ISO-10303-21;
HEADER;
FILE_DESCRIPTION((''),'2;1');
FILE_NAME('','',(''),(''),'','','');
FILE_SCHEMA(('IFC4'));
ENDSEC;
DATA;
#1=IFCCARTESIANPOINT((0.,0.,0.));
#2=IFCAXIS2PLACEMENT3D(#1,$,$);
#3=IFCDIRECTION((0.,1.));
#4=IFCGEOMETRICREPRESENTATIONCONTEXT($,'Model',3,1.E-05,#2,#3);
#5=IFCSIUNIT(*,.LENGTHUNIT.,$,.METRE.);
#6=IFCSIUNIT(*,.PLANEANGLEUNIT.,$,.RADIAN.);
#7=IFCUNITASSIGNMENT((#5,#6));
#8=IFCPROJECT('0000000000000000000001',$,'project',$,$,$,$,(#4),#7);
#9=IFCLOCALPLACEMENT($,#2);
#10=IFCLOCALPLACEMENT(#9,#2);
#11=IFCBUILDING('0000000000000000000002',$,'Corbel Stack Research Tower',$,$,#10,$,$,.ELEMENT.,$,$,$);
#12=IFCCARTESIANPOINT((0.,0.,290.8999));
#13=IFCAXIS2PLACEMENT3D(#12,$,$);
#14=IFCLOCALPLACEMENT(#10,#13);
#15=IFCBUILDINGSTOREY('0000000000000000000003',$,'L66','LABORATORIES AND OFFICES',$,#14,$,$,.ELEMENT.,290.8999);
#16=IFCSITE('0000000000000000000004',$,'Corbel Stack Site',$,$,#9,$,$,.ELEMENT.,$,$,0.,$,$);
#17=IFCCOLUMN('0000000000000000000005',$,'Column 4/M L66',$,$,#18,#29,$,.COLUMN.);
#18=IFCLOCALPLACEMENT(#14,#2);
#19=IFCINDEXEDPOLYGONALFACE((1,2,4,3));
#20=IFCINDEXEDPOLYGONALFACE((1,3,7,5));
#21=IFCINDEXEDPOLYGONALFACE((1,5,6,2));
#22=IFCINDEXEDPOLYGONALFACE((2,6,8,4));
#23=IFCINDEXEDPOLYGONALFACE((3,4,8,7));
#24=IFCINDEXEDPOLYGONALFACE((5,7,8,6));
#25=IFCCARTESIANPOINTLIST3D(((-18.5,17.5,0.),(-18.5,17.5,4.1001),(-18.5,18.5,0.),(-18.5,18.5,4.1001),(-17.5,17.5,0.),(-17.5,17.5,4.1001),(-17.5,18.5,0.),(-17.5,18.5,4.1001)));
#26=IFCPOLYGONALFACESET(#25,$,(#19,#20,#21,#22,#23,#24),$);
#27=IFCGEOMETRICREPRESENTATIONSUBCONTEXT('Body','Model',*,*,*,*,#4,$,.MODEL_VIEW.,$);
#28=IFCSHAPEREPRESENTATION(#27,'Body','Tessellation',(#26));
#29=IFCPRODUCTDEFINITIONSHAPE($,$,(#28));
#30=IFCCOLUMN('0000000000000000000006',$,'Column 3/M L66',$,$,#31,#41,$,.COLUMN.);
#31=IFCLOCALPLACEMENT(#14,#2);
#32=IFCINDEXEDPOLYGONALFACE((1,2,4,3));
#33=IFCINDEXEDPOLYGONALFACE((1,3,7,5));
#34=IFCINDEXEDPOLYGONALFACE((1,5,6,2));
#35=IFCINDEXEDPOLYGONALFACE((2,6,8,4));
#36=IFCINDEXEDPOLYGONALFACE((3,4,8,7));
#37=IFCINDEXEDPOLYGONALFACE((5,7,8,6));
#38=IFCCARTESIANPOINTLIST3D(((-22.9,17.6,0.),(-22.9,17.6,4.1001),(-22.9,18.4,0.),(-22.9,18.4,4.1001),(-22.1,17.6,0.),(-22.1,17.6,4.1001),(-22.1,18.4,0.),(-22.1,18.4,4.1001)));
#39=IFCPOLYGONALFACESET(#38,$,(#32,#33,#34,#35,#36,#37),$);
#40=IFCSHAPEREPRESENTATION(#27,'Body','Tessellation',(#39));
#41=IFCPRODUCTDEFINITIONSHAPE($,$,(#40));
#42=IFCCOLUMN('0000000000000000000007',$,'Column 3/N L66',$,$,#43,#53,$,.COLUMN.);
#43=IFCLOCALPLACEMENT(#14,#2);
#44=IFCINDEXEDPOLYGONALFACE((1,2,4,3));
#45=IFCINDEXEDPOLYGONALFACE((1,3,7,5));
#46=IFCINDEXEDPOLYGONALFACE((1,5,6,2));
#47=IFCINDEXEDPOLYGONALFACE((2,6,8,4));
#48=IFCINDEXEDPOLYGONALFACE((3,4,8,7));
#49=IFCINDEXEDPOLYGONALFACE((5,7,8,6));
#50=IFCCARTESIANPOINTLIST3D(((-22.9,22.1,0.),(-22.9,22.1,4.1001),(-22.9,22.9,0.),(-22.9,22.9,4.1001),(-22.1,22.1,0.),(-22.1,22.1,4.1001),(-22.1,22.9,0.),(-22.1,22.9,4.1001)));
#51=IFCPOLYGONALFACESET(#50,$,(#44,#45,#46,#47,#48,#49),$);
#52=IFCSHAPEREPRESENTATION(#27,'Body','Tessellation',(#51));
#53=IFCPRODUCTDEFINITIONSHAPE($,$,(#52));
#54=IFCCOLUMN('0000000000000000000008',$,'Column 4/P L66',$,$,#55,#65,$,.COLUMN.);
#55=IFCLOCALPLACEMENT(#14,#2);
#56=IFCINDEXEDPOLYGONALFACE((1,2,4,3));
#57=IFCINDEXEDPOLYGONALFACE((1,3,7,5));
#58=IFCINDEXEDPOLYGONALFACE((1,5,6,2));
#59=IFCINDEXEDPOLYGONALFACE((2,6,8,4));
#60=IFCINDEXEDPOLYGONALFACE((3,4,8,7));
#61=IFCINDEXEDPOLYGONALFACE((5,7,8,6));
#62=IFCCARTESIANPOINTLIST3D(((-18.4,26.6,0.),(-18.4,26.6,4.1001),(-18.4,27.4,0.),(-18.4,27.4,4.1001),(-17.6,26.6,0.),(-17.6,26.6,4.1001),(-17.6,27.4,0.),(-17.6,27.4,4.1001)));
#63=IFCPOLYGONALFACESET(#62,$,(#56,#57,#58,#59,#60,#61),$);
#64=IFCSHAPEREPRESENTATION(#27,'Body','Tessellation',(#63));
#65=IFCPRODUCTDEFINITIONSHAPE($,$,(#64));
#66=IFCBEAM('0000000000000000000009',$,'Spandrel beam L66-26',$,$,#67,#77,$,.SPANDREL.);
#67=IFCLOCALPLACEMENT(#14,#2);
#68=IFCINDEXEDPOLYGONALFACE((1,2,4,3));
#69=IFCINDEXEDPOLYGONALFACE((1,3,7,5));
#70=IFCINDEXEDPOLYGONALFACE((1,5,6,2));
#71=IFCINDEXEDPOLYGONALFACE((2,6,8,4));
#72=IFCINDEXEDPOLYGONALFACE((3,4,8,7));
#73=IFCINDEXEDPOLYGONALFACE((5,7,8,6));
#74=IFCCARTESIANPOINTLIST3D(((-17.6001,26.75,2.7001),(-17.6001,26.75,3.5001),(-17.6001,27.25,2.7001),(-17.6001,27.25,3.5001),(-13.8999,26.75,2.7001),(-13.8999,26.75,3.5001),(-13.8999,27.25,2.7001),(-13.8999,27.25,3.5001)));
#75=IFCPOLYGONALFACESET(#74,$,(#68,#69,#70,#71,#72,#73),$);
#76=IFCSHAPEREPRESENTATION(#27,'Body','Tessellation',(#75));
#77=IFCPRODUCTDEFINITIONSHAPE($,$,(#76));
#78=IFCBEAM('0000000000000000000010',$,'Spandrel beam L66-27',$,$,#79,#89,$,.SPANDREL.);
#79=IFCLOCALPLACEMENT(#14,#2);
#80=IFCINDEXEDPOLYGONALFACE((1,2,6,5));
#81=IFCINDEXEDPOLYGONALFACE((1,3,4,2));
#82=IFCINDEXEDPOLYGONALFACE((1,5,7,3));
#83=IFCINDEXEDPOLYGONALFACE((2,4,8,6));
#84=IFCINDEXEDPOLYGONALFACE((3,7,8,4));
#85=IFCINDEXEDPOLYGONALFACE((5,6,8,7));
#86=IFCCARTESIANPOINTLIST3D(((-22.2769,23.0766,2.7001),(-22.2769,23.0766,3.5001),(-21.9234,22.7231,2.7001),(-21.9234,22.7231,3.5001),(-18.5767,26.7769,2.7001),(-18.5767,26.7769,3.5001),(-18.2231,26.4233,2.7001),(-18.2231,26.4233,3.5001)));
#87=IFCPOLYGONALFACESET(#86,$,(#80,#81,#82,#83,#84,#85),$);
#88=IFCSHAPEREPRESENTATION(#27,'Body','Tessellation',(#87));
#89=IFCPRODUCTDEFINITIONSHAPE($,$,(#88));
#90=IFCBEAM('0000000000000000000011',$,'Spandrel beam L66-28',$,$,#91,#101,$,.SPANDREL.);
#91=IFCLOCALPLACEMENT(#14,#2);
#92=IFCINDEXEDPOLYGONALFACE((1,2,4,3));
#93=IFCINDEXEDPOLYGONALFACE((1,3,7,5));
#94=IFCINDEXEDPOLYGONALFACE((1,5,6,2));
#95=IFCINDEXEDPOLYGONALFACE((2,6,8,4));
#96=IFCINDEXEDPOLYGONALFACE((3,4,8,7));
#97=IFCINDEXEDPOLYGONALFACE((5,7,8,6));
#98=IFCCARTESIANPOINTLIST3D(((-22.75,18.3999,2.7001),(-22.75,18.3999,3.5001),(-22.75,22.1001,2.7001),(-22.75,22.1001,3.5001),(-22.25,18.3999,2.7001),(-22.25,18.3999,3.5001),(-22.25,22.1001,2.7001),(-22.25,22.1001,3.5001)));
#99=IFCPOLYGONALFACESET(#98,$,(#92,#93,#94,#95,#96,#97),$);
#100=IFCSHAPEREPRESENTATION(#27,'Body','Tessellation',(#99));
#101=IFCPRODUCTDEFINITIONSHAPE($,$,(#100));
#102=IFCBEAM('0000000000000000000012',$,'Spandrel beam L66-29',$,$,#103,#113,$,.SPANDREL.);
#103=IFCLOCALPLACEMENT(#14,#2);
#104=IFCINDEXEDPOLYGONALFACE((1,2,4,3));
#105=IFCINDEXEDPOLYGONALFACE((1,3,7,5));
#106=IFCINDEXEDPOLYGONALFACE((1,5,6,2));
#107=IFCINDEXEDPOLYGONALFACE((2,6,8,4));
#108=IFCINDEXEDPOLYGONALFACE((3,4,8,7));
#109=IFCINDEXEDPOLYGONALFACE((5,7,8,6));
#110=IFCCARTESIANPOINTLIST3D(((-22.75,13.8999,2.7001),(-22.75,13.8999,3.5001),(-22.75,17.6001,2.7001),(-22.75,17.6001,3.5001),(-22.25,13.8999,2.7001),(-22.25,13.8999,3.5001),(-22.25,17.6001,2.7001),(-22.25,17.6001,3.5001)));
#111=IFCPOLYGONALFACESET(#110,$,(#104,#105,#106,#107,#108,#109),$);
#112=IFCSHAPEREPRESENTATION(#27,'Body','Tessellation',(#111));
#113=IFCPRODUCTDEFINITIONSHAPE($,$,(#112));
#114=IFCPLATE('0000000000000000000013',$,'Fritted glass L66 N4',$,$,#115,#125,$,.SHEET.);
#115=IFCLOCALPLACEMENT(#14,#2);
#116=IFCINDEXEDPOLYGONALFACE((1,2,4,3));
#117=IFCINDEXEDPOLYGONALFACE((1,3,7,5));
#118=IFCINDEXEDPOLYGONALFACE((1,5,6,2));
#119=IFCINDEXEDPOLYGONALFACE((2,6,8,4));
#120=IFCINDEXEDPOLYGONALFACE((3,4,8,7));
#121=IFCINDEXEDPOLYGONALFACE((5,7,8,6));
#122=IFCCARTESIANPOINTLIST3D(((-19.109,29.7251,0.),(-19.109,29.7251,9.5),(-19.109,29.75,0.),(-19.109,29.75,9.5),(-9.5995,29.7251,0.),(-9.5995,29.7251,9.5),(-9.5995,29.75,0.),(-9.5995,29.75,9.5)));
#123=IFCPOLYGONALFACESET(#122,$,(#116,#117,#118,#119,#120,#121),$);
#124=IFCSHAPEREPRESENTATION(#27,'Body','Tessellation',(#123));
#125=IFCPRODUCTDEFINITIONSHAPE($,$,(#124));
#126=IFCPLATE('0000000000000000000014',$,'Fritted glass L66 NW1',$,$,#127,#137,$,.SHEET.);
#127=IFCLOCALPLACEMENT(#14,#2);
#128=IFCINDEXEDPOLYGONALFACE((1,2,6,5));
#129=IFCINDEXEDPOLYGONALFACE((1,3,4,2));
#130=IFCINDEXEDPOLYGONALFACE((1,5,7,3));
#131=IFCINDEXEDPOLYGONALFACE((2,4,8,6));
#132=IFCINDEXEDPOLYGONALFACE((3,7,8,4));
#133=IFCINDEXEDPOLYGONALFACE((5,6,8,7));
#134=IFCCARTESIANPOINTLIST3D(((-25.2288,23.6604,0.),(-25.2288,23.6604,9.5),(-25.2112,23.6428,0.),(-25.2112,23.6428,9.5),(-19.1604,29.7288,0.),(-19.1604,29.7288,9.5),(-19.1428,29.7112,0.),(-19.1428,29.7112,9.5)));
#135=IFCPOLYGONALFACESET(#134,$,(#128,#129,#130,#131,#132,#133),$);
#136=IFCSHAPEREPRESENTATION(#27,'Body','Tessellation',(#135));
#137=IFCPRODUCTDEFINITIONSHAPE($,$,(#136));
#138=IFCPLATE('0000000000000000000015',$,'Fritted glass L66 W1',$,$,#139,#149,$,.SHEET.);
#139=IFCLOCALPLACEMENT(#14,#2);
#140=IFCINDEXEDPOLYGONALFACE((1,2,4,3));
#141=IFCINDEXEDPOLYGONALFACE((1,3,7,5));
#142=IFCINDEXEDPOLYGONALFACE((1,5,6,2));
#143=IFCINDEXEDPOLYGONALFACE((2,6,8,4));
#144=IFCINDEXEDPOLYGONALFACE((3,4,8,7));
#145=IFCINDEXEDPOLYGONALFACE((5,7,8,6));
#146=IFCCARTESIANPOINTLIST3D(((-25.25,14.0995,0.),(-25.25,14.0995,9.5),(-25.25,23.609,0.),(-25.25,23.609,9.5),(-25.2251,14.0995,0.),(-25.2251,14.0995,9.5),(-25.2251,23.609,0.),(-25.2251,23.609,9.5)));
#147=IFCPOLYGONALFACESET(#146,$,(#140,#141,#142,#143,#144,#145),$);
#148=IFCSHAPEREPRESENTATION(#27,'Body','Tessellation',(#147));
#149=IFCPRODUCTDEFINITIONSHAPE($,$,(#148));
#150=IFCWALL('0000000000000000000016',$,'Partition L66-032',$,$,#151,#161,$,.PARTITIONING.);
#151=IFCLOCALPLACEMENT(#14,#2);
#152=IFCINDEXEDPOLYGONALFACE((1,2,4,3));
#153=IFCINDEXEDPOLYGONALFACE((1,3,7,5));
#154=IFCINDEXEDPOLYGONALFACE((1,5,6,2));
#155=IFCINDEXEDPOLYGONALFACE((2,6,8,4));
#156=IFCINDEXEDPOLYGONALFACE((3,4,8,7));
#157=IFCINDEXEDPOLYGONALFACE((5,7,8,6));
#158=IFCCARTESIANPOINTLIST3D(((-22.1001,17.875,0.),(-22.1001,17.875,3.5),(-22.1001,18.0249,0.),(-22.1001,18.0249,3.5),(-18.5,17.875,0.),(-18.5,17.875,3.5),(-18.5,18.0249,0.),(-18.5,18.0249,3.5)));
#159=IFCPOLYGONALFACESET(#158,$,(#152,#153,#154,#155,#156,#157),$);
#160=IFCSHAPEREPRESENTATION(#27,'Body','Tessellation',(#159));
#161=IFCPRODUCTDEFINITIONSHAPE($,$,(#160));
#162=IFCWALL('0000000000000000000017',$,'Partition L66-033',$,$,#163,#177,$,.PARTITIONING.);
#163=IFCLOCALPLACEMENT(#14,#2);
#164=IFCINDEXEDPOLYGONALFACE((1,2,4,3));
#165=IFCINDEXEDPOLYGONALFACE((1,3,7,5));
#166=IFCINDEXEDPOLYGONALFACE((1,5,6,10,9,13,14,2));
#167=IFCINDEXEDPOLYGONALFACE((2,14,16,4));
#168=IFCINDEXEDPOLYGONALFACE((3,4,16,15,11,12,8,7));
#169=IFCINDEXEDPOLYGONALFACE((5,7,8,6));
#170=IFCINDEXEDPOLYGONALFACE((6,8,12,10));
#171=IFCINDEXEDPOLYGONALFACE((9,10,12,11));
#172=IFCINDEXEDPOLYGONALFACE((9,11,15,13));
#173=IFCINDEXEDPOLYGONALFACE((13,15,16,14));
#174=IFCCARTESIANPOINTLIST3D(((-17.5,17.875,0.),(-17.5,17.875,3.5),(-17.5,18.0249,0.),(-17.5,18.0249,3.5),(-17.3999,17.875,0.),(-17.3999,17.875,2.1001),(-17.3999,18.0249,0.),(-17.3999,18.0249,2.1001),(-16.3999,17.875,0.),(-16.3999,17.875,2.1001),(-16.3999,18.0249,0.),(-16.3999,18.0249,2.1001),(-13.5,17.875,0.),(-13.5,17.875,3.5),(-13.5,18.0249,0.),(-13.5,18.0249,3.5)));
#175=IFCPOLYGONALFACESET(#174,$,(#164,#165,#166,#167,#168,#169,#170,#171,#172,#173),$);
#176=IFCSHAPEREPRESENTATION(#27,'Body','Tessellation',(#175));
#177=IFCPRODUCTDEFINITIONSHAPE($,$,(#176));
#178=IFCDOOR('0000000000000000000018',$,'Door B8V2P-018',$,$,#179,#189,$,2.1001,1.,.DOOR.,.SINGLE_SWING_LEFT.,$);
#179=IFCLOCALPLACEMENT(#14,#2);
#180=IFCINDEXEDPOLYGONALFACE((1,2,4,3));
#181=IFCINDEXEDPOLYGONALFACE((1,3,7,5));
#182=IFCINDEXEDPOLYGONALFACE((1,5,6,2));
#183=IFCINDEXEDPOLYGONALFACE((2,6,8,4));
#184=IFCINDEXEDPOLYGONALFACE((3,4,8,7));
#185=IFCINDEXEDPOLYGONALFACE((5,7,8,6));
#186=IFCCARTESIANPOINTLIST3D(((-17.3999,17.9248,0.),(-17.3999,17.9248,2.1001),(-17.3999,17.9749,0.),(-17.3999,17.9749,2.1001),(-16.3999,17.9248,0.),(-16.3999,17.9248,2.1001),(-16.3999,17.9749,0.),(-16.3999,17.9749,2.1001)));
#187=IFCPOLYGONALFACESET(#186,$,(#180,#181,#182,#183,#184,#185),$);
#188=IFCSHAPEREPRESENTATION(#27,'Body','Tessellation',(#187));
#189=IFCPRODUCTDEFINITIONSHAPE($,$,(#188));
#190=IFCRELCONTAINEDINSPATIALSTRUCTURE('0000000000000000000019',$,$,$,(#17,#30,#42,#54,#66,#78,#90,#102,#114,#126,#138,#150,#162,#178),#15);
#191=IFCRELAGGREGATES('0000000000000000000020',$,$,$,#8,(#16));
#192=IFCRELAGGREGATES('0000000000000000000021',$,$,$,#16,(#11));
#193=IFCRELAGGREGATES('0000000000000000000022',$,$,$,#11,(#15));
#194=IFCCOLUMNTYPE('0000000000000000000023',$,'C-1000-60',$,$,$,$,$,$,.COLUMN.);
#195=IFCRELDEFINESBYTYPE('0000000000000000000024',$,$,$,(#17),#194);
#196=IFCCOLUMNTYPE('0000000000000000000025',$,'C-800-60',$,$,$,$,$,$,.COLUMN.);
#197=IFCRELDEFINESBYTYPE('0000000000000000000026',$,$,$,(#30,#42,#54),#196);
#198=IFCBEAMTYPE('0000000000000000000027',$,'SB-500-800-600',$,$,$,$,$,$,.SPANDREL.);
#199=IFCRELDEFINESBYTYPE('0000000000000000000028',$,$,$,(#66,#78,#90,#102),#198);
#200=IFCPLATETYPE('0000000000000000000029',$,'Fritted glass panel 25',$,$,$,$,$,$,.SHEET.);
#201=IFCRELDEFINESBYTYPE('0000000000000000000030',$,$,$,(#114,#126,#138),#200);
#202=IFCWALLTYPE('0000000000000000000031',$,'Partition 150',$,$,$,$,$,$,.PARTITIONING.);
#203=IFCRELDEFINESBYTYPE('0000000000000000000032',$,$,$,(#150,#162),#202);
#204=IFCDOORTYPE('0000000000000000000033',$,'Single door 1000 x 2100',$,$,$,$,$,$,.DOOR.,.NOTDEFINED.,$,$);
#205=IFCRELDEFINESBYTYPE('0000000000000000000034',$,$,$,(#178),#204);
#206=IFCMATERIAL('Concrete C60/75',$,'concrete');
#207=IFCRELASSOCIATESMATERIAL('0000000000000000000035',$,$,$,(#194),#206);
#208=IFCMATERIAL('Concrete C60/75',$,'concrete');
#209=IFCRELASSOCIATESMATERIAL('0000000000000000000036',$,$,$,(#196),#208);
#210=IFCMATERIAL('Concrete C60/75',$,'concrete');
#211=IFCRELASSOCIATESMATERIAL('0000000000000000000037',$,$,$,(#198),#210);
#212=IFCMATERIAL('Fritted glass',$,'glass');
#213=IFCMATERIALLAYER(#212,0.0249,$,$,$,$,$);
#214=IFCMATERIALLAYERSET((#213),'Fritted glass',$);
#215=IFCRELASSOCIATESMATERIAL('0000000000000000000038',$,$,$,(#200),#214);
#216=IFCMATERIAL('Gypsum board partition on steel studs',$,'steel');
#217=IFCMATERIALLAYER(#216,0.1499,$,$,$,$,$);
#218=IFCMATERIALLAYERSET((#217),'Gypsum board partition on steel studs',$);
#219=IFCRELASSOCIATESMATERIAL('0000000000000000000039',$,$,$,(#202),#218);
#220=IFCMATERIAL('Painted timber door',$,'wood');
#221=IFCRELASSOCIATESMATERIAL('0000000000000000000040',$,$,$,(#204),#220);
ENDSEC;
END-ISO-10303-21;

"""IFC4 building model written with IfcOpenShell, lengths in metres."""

from ifc_helpers import new_model, si_unit, direction, frame, frame_2d, origin, origin_2d, place, context, subcontext, project, spatial, rectangle, extrude, material, layer, layer_set, material_profile, profile_set, type_object, element, fill, save


model = new_model("IFC4")

# Units and contexts
model_context = context("Model", 3, precision=1e-05, world=origin(), true_north=direction((0.0, 1.0)))
body_context = subcontext(model_context, "Body", "Model", "MODEL_VIEW")
ifc_project = project(units=[si_unit("LENGTHUNIT", "METRE"), si_unit("PLANEANGLEUNIT", "RADIAN")], contexts=[model_context])

# Site, building, storey
site_placement = place(None, origin())
site = spatial("IfcSite", under=ifc_project, at=site_placement, Name="Corbel Stack Site", CompositionType="ELEMENT", RefElevation=0.0)
building_placement = place(site_placement, origin())
building = spatial("IfcBuilding", under=site, at=building_placement, Name="Corbel Stack Research Tower", CompositionType="ELEMENT")
storey_placement = place(building_placement, frame((0.0, 0.0, 290.8999)))
storey = spatial("IfcBuildingStorey", under=building, at=storey_placement, Name="L66", Description="LABORATORIES AND OFFICES", CompositionType="ELEMENT", Elevation=290.8999)

# Columns
ifc_material_1 = material(Name="Concrete C60/75", Category="concrete")
ifc_material_profile_1 = material_profile(ifc_material_1, rectangle(XDim=1.0, YDim=1.0, at=origin_2d()), Name="RC 1000 x 1000")
ifc_profile_set_1 = profile_set([ifc_material_profile_1], Name="Concrete C60/75")
column_type_1 = type_object("IfcColumnType", Name="C-1000-60", PredefinedType="COLUMN", material=ifc_profile_set_1)
column_placement = place(storey_placement, frame((-18.0, 18.0, 0.0), z_axis=(0.0, 0.0, 1.0), x_axis=(1.0, 0.0, 0.0)))
element("IfcColumn", 1, at=column_placement, inside=storey, type_object=column_type_1, Name="Column 4/M L66", PredefinedType="COLUMN", context=body_context, shape_type="SweptSolid", body=[
    extrude(rectangle(XDim=1.0, YDim=1.0, at=origin_2d()), origin(), (0.0, 0.0, 1.0), 4.1001),
])
ifc_material_2 = material(Name="Concrete C60/75", Category="concrete")
ifc_material_profile_2 = material_profile(ifc_material_2, rectangle(XDim=0.8, YDim=0.8, at=origin_2d()), Name="RC 800 x 800")
ifc_profile_set_2 = profile_set([ifc_material_profile_2], Name="Concrete C60/75")
column_type_2 = type_object("IfcColumnType", Name="C-800-60", PredefinedType="COLUMN", material=ifc_profile_set_2)
for number, where, z_axis, x_axis, name in (
    (2, (-22.5, 18.0, 0.0), (0.0, 0.0, 1.0), (1.0, 0.0, 0.0), "Column 3/M L66"),
    (3, (-22.5, 22.5, 0.0), (0.0, 0.0, 1.0), (1.0, 0.0, 0.0), "Column 3/N L66"),
    (4, (-18.0, 27.0, 0.0), (0.0, 0.0, 1.0), (1.0, 0.0, 0.0), "Column 4/P L66"),
):
    element("IfcColumn", number, at=place(storey_placement, frame(where, z_axis=z_axis, x_axis=x_axis)), inside=storey, type_object=column_type_2, Name=name, PredefinedType="COLUMN", context=body_context, shape_type="SweptSolid", body=[
        extrude(rectangle(XDim=0.8, YDim=0.8, at=origin_2d()), origin(), (0.0, 0.0, 1.0), 4.1001),
    ])

# Beams
ifc_material_3 = material(Name="Concrete C60/75", Category="concrete")
ifc_material_profile_3 = material_profile(ifc_material_3, rectangle(XDim=0.5, YDim=0.8, at=origin_2d()), Name="RC 500 x 800")
ifc_profile_set_3 = profile_set([ifc_material_profile_3], Name="Concrete C60/75")
beam_type = type_object("IfcBeamType", Name="SB-500-800-600", PredefinedType="SPANDREL", material=ifc_profile_set_3)
beam_1_placement = place(storey_placement, frame((-13.8999, 27.0, 3.1001), z_axis=(-1.0, 0.0, 0.0), x_axis=(0.0, -1.0, 0.0)))
element("IfcBeam", 5, at=beam_1_placement, inside=storey, type_object=beam_type, Name="Spandrel beam L66-26", PredefinedType="SPANDREL", context=body_context, shape_type="SweptSolid", body=[
    extrude(rectangle(XDim=0.5, YDim=0.8, at=origin_2d()), origin(), (0.0, 0.0, 1.0), 3.7002),
])
beam_2_placement = place(storey_placement, frame((-18.3999, 26.6001, 3.1001), z_axis=(-0.707107, -0.707107, 0.0), x_axis=(0.707107, -0.707107, 0.0)))
element("IfcBeam", 6, at=beam_2_placement, inside=storey, type_object=beam_type, Name="Spandrel beam L66-27", PredefinedType="SPANDREL", context=body_context, shape_type="SweptSolid", body=[
    extrude(rectangle(XDim=0.5, YDim=0.8, at=origin_2d()), origin(), (0.0, 0.0, 1.0), 5.2329),
])
for number, where, z_axis, x_axis, name in (
    (7, (-22.5, 22.1001, 3.1001), (0.0, -1.0, 0.0), (1.0, 0.0, 0.0), "Spandrel beam L66-28"),
    (8, (-22.5, 17.6001, 3.1001), (0.0, -1.0, 0.0), (1.0, 0.0, 0.0), "Spandrel beam L66-29"),
):
    element("IfcBeam", number, at=place(storey_placement, frame(where, z_axis=z_axis, x_axis=x_axis)), inside=storey, type_object=beam_type, Name=name, PredefinedType="SPANDREL", context=body_context, shape_type="SweptSolid", body=[
        extrude(rectangle(XDim=0.5, YDim=0.8, at=origin_2d()), origin(), (0.0, 0.0, 1.0), 3.7002),
    ])

# Plates
ifc_material_4 = material(Name="Fritted glass", Category="glass")
ifc_layer_1 = layer(ifc_material_4, 0.0249)
ifc_layer_set_1 = layer_set([ifc_layer_1], Name="Fritted glass")
plate_type = type_object("IfcPlateType", Name="Fritted glass panel 25", PredefinedType="SHEET", material=ifc_layer_set_1)
plate_1_placement = place(storey_placement, frame((-14.3542, 29.7375, 0.0), z_axis=(0.0, 0.0, 1.0), x_axis=(-1.0, 0.0, 0.0)))
element("IfcPlate", 9, at=plate_1_placement, inside=storey, type_object=plate_type, Name="Fritted glass L66 N4", PredefinedType="SHEET", context=body_context, shape_type="SweptSolid", body=[
    extrude(rectangle(XDim=9.5095, YDim=0.0249, at=origin_2d()), origin(), (0.0, 0.0, 1.0), 9.5),
])
plate_2_placement = place(storey_placement, frame((-22.1858, 26.6858, 0.0), z_axis=(0.0, 0.0, 1.0), x_axis=(-0.707107, -0.707107, 0.0)))
element("IfcPlate", 10, at=plate_2_placement, inside=storey, type_object=plate_type, Name="Fritted glass L66 NW1", PredefinedType="SHEET", context=body_context, shape_type="SweptSolid", body=[
    extrude(rectangle(XDim=8.582, YDim=0.0249, at=origin_2d()), origin(), (0.0, 0.0, 1.0), 9.5),
])
plate_3_placement = place(storey_placement, frame((-25.2375, 18.8542, 0.0), z_axis=(0.0, 0.0, 1.0), x_axis=(0.0, -1.0, 0.0)))
element("IfcPlate", 11, at=plate_3_placement, inside=storey, type_object=plate_type, Name="Fritted glass L66 W1", PredefinedType="SHEET", context=body_context, shape_type="SweptSolid", body=[
    extrude(rectangle(XDim=9.5095, YDim=0.0249, at=origin_2d()), origin(), (0.0, 0.0, 1.0), 9.5),
])

# Wall
ifc_material_5 = material(Name="Gypsum board partition on steel studs", Category="steel")
ifc_layer_2 = layer(ifc_material_5, 0.1499)
ifc_layer_set_2 = layer_set([ifc_layer_2], Name="Gypsum board partition on steel studs")
wall_type_1 = type_object("IfcWallType", Name="Partition 150", PredefinedType="PARTITIONING", material=ifc_layer_set_2)
wall_1_placement = place(storey_placement, frame((-22.1001, 17.95, 0.0), z_axis=(0.0, 0.0, 1.0), x_axis=(1.0, 0.0, 0.0)))
element("IfcWall", 12, at=wall_1_placement, inside=storey, type_object=wall_type_1, Name="Partition L66-032", PredefinedType="PARTITIONING", context=body_context, shape_type="SweptSolid", body=[
    extrude(rectangle(XDim=3.6001, YDim=0.1499, at=frame_2d((1.8, 0.0))), origin(), (0.0, 0.0, 1.0), 3.5),
])

# Wall, opening, door
wall_2_placement = place(storey_placement, frame((-17.5, 17.95, 0.0), z_axis=(0.0, 0.0, 1.0), x_axis=(1.0, 0.0, 0.0)))
wall_2 = element("IfcWall", 13, at=wall_2_placement, inside=storey, type_object=wall_type_1, Name="Partition L66-033", PredefinedType="PARTITIONING", context=body_context, shape_type="SweptSolid", body=[
    extrude(rectangle(XDim=4.0, YDim=0.1499, at=frame_2d((2.0, 0.0))), origin(), (0.0, 0.0, 1.0), 3.5),
])
opening_1_placement = place(wall_2_placement, frame((0.1001, 0.0, 0.0)))
opening_1 = element("IfcOpeningElement", 14, at=opening_1_placement, cuts=wall_2, PredefinedType="OPENING", context=body_context, shape_type="SweptSolid", body=[
    extrude(rectangle(XDim=1.0, YDim=2.1001, at=frame_2d((0.5, 1.05))), frame((0.0, 0.085, 0.0), z_axis=(0.0, -1.0, 0.0), x_axis=(1.0, 0.0, 0.0)), (0.0, 0.0, 1.0), 0.1699),
])
ifc_material_6 = material(Name="Painted timber door", Category="wood")
door_type_1 = type_object("IfcDoorType", Name="Single door 1000 x 2100", OperationType="NOTDEFINED", PredefinedType="DOOR", material=ifc_material_6)
door_1_placement = place(opening_1_placement, origin())
door_1 = element("IfcDoor", 15, at=door_1_placement, inside=storey, type_object=door_type_1, Name="Door B8V2P-018", OperationType="SINGLE_SWING_LEFT", OverallHeight=2.1001, OverallWidth=1.0, PredefinedType="DOOR", context=body_context, shape_type="SweptSolid", body=[
    extrude(rectangle(XDim=1.0, YDim=2.1001, at=frame_2d((0.5, 1.05))), frame((0.0, 0.0249, 0.0), z_axis=(0.0, -1.0, 0.0), x_axis=(1.0, 0.0, 0.0)), (0.0, 0.0, 1.0), 0.05),
])
fill(opening_1, door_1)

save(model, "model.ifc")
